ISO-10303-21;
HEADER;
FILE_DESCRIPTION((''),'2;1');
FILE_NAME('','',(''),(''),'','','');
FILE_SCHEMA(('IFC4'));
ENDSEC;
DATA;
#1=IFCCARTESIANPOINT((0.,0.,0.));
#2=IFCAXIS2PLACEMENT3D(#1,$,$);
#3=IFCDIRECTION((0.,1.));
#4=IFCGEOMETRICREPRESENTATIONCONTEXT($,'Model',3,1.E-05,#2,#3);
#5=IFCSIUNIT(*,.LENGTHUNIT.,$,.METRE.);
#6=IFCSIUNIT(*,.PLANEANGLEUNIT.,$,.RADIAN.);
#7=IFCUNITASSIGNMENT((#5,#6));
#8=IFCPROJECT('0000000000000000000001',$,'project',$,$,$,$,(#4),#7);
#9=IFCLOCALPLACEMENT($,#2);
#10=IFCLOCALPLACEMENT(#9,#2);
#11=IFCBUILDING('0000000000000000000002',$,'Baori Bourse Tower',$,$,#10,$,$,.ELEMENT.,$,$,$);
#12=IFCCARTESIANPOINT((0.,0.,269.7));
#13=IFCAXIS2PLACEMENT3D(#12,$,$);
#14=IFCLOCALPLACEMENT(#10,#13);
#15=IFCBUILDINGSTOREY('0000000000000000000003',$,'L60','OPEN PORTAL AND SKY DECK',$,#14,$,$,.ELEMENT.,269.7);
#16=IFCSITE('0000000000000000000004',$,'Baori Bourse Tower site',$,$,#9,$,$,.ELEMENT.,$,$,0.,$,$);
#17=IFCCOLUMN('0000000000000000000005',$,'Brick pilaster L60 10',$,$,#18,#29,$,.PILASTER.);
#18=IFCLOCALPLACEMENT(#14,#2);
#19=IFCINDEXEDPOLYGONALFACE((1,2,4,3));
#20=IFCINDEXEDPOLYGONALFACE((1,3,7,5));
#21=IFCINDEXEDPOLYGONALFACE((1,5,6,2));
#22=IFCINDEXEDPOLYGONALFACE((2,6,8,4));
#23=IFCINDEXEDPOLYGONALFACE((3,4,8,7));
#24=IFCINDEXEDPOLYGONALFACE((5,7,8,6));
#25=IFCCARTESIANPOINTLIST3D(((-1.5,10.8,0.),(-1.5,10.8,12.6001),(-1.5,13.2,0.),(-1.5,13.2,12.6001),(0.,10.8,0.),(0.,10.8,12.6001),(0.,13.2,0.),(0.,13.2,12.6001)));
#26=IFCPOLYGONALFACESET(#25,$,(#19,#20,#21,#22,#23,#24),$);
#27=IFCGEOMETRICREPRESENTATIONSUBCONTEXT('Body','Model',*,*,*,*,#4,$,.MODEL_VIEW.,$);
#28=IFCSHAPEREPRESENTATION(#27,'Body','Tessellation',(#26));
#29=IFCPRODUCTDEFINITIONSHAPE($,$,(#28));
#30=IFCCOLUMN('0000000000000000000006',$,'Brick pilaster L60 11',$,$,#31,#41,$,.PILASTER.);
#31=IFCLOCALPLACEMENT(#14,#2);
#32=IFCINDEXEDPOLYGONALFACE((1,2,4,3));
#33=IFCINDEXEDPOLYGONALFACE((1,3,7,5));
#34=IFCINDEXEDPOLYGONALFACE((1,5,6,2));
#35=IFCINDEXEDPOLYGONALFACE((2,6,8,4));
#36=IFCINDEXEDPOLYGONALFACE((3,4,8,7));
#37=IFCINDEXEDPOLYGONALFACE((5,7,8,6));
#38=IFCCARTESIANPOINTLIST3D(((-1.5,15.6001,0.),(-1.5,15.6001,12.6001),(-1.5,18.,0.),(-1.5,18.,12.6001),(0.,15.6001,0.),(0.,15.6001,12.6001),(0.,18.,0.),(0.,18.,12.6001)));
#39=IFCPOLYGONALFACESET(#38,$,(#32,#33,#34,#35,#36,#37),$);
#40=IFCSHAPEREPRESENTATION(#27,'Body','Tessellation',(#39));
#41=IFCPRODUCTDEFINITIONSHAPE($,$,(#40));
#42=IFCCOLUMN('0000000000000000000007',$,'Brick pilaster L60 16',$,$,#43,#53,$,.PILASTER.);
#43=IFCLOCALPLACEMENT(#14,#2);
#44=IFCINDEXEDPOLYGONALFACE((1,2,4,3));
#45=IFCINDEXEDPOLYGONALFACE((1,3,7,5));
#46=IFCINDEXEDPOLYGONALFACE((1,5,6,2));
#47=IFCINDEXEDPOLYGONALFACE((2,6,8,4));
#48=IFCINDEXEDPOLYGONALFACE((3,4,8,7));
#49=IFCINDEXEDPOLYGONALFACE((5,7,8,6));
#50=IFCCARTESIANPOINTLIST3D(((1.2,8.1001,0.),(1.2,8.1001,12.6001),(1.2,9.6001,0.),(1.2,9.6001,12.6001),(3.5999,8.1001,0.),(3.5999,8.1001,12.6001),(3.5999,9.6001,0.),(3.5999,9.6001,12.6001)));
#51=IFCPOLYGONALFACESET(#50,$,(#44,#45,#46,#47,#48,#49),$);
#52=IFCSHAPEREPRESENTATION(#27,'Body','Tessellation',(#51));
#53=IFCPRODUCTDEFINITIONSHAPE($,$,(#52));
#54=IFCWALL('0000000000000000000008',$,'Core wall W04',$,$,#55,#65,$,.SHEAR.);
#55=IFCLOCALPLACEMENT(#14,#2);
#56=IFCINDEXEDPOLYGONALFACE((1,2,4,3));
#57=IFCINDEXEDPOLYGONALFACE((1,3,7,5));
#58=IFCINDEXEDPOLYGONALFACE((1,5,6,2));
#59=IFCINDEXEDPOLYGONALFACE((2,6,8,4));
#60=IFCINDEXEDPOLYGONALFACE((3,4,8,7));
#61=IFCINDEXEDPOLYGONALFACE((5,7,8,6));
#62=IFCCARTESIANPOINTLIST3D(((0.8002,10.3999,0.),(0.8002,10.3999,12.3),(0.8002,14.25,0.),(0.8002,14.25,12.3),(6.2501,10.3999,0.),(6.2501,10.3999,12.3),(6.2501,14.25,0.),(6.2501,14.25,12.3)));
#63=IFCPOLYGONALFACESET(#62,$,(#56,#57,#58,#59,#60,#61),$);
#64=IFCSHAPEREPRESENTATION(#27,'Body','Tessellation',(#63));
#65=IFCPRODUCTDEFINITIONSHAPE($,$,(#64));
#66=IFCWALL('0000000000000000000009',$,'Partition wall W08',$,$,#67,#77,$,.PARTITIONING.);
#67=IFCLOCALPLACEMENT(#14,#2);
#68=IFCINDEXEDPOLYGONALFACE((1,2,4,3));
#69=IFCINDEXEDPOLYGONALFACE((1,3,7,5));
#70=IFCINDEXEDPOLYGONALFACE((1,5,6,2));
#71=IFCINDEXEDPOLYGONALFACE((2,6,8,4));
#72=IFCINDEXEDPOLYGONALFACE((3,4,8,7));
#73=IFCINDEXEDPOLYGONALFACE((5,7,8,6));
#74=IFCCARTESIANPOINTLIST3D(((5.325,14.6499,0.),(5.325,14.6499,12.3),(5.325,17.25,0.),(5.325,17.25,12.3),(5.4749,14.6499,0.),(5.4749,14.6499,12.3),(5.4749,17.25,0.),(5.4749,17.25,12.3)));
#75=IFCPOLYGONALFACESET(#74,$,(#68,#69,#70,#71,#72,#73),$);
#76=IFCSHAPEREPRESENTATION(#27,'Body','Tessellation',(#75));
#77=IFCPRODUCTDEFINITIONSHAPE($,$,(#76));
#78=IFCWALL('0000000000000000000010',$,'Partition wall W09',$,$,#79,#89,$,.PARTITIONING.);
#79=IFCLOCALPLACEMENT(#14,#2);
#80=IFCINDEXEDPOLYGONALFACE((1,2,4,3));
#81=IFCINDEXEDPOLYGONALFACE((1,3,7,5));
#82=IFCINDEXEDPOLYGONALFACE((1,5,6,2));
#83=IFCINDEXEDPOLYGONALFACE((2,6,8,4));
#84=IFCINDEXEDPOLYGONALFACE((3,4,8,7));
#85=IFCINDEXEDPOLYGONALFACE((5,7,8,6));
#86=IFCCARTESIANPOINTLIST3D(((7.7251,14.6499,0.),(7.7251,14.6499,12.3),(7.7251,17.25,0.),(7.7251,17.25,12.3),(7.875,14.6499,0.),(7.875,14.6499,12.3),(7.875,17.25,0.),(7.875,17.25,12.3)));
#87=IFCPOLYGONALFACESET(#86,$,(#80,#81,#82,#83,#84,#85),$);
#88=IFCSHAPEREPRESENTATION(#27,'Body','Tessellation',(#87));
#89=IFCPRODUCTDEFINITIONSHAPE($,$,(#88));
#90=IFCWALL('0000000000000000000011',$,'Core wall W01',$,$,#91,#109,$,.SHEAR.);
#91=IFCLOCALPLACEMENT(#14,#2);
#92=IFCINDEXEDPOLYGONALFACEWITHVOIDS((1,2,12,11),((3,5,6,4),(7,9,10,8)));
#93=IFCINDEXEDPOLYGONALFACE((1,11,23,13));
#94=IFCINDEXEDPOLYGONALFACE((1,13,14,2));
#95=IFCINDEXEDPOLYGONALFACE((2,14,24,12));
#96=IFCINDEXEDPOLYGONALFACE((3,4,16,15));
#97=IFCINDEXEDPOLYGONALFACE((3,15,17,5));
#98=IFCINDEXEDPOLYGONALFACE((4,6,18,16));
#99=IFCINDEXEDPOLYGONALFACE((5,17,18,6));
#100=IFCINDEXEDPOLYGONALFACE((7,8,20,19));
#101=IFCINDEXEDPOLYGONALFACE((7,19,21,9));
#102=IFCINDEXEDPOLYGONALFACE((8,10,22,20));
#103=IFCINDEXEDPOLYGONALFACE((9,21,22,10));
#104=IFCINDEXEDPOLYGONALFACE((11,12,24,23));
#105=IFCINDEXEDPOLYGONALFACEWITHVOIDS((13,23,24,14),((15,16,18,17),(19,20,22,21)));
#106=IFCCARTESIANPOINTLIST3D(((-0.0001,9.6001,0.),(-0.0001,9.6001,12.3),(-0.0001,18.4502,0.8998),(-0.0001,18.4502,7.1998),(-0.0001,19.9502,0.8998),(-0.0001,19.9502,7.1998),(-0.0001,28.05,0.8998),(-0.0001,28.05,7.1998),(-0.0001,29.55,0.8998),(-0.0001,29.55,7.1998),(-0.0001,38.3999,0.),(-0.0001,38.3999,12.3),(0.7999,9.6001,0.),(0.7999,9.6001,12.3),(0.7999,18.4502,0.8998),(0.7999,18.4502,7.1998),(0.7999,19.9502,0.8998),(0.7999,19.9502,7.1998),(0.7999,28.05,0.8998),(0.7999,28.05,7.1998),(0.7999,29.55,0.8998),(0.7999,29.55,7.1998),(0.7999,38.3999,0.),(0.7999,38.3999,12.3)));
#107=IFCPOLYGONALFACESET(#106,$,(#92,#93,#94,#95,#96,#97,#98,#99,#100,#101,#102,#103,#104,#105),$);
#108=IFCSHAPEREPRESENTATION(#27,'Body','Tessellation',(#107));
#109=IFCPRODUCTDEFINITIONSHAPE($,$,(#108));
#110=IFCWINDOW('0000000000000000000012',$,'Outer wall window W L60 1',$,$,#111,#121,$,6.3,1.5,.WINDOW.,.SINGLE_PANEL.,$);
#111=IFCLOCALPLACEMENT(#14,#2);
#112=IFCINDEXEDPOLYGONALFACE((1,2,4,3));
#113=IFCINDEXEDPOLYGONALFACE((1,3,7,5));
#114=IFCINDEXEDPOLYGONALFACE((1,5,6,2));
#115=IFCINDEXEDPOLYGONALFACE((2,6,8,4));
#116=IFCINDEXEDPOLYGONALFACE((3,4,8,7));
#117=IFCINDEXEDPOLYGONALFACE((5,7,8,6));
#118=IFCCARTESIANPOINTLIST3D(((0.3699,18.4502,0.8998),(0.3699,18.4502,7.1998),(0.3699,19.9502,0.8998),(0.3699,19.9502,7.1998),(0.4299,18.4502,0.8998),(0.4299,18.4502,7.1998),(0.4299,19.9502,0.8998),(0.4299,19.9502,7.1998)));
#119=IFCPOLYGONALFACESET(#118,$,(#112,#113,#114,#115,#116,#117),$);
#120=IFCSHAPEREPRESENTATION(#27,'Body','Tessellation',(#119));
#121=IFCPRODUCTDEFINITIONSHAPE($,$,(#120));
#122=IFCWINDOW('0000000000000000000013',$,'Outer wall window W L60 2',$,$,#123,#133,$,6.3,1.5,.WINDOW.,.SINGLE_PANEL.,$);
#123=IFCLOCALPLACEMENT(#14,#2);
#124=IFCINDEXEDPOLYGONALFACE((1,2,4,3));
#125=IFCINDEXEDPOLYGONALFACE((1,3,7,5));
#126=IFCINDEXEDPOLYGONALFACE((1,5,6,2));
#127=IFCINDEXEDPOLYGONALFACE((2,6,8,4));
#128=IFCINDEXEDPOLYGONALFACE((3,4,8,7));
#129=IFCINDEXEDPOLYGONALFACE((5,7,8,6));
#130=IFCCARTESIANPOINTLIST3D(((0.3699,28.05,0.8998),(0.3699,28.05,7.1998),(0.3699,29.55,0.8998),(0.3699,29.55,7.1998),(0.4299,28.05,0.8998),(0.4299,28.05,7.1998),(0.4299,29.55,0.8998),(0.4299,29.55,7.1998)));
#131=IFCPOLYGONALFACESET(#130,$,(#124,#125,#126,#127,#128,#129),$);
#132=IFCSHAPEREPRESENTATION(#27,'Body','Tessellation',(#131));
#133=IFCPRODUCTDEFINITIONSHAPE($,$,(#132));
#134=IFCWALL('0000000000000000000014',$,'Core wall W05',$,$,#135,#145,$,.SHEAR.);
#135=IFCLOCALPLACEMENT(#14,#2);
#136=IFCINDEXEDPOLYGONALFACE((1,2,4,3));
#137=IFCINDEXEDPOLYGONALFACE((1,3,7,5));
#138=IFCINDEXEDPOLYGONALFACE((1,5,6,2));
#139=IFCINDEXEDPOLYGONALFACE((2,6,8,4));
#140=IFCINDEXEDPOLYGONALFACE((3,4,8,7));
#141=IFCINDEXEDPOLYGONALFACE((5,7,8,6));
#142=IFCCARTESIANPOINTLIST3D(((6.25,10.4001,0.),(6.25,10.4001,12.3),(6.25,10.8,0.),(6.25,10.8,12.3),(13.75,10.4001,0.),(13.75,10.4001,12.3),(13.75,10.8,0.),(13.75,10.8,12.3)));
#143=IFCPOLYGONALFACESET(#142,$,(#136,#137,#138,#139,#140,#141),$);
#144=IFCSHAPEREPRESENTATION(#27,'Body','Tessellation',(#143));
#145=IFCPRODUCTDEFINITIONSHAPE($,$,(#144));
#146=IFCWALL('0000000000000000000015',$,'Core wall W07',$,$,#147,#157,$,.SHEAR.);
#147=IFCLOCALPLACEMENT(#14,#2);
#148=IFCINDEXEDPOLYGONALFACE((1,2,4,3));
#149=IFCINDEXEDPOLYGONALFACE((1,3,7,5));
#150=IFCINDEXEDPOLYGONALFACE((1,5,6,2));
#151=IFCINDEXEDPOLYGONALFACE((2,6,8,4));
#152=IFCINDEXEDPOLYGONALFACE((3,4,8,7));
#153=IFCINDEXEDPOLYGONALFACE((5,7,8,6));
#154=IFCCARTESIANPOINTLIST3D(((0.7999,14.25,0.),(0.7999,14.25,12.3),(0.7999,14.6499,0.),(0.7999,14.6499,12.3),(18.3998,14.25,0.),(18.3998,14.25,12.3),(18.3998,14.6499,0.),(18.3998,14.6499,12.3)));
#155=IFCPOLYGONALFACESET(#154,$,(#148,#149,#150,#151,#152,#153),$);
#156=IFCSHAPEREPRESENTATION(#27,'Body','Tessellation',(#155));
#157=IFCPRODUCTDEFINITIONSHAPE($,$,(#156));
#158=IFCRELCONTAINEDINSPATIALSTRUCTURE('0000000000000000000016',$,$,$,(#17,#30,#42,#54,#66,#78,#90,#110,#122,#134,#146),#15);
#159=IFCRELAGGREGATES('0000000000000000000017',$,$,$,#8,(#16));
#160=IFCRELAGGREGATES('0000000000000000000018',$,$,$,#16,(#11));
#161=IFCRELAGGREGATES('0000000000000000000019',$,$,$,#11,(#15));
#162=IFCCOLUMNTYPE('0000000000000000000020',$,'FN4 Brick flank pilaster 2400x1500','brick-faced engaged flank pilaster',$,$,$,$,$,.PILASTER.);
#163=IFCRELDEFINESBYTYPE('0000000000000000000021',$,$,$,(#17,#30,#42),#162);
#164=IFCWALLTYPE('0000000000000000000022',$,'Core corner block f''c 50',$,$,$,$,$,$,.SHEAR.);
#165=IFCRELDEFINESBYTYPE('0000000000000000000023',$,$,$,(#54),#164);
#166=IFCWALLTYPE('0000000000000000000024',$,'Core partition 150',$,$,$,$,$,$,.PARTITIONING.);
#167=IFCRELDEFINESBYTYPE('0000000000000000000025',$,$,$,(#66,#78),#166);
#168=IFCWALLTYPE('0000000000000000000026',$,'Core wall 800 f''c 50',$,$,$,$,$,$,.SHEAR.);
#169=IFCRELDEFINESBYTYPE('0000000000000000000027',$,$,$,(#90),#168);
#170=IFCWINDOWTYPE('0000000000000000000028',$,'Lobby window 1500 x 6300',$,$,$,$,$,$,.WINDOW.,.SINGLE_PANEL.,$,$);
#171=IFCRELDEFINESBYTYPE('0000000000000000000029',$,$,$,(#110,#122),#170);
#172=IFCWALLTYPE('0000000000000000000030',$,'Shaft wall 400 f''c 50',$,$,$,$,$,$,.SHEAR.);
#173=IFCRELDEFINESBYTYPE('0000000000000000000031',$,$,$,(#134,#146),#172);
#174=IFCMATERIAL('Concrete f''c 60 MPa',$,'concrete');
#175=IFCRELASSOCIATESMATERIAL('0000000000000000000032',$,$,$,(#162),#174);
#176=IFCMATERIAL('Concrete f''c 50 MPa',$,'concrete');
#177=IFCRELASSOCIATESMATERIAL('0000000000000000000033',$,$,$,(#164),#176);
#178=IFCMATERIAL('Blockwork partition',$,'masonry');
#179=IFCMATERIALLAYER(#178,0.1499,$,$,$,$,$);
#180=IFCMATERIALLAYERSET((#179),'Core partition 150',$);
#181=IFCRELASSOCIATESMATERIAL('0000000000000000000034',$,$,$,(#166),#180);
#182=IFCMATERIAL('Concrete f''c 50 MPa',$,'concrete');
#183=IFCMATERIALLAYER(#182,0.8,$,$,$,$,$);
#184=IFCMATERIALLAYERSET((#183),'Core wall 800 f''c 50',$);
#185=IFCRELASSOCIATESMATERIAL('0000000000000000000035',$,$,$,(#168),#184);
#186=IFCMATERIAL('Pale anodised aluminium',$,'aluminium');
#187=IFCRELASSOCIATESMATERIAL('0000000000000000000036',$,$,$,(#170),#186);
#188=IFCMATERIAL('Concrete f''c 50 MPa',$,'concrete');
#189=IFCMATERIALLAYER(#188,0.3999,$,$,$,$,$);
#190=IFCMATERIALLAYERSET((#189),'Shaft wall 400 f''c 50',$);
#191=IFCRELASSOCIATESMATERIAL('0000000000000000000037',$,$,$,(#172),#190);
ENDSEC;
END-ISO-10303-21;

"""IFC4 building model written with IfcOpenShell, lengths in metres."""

from ifc_helpers import new_model, si_unit, direction, frame, frame_2d, origin, origin_2d, place, context, subcontext, project, spatial, rectangle, extrude, material, layer, layer_set, material_profile, profile_set, type_object, element, fill, save


model = new_model("IFC4")

# Units and contexts
model_context = context("Model", 3, precision=1e-05, world=origin(), true_north=direction((0.0, 1.0)))
body_context = subcontext(model_context, "Body", "Model", "MODEL_VIEW")
ifc_project = project(units=[si_unit("LENGTHUNIT", "METRE"), si_unit("PLANEANGLEUNIT", "RADIAN")], contexts=[model_context])

# Site, building, storey
site_placement = place(None, origin())
site = spatial("IfcSite", under=ifc_project, at=site_placement, Name="Baori Bourse Tower site", CompositionType="ELEMENT", RefElevation=0.0)
building_placement = place(site_placement, origin())
building = spatial("IfcBuilding", under=site, at=building_placement, Name="Baori Bourse Tower", CompositionType="ELEMENT")
storey_placement = place(building_placement, frame((0.0, 0.0, 269.7)))
storey = spatial("IfcBuildingStorey", under=building, at=storey_placement, Name="L60", Description="OPEN PORTAL AND SKY DECK", CompositionType="ELEMENT", Elevation=269.7)

# Columns
ifc_material_1 = material(Name="Concrete f'c 60 MPa", Category="concrete")
ifc_material_profile = material_profile(ifc_material_1, rectangle(XDim=2.3999, YDim=1.5, at=origin_2d()), Name="RC 2400x1500")
ifc_profile_set = profile_set([ifc_material_profile], Name="Concrete f'c 60 MPa")
column_type = type_object("IfcColumnType", Name="FN4 Brick flank pilaster 2400x1500", Description="brick-faced engaged flank pilaster", PredefinedType="PILASTER", material=ifc_profile_set)
for number, where, z_axis, x_axis, name in (
    (1, (-0.75, 12.0, 0.0), (0.0, 0.0, 1.0), (0.0, 1.0, 0.0), "Brick pilaster L60 10"),
    (2, (-0.75, 16.8, 0.0), (0.0, 0.0, 1.0), (0.0, 1.0, 0.0), "Brick pilaster L60 11"),
    (3, (2.3999, 8.8501, 0.0), (0.0, 0.0, 1.0), (1.0, 0.0, 0.0), "Brick pilaster L60 16"),
):
    element("IfcColumn", number, at=place(storey_placement, frame(where, z_axis=z_axis, x_axis=x_axis)), inside=storey, type_object=column_type, Name=name, PredefinedType="PILASTER", context=body_context, shape_type="SweptSolid", body=[
        extrude(rectangle(XDim=2.3999, YDim=1.5, at=origin_2d()), origin(), (0.0, 0.0, 1.0), 12.6001),
    ])

# Walls
ifc_material_2 = material(Name="Concrete f'c 50 MPa", Category="concrete")
wall_type_1 = type_object("IfcWallType", Name="Core corner block f'c 50", PredefinedType="SHEAR", material=ifc_material_2)
wall_1_placement = place(storey_placement, frame((0.8, 12.325, 0.0), z_axis=(0.0, 0.0, 1.0), x_axis=(1.0, 0.0, 0.0)))
element("IfcWall", 4, at=wall_1_placement, inside=storey, type_object=wall_type_1, Name="Core wall W04", PredefinedType="SHEAR", context=body_context, shape_type="SweptSolid", body=[
    extrude(rectangle(XDim=5.45, YDim=3.8501, at=frame_2d((2.7251, 0.0))), origin(), (0.0, 0.0, 1.0), 12.3),
])
ifc_material_3 = material(Name="Blockwork partition", Category="masonry")
ifc_layer_1 = layer(ifc_material_3, 0.1499)
ifc_layer_set_1 = layer_set([ifc_layer_1], Name="Core partition 150")
wall_type_2 = type_object("IfcWallType", Name="Core partition 150", PredefinedType="PARTITIONING", material=ifc_layer_set_1)
for number, where, z_axis, x_axis, name in (
    (5, (5.3999, 14.6499, 0.0), (0.0, 0.0, 1.0), (0.0, 1.0, 0.0), "Partition wall W08"),
    (6, (7.8, 14.6499, 0.0), (0.0, 0.0, 1.0), (0.0, 1.0, 0.0), "Partition wall W09"),
):
    element("IfcWall", number, at=place(storey_placement, frame(where, z_axis=z_axis, x_axis=x_axis)), inside=storey, type_object=wall_type_2, Name=name, PredefinedType="PARTITIONING", context=body_context, shape_type="SweptSolid", body=[
        extrude(rectangle(XDim=2.6001, YDim=0.1499, at=frame_2d((1.3, 0.0))), origin(), (0.0, 0.0, 1.0), 12.3),
    ])

# Wall, openings, windows
ifc_material_4 = material(Name="Concrete f'c 50 MPa", Category="concrete")
ifc_layer_2 = layer(ifc_material_4, 0.8)
ifc_layer_set_2 = layer_set([ifc_layer_2], Name="Core wall 800 f'c 50")
wall_type_3 = type_object("IfcWallType", Name="Core wall 800 f'c 50", PredefinedType="SHEAR", material=ifc_layer_set_2)
wall_2_placement = place(storey_placement, frame((0.3999, 9.6001, 0.0), z_axis=(0.0, 0.0, 1.0), x_axis=(0.0, 1.0, 0.0)))
wall_2 = element("IfcWall", 7, at=wall_2_placement, inside=storey, type_object=wall_type_3, Name="Core wall W01", PredefinedType="SHEAR", context=body_context, shape_type="SweptSolid", body=[
    extrude(rectangle(XDim=28.7998, YDim=0.8, at=frame_2d((14.3999, 0.0))), origin(), (0.0, 0.0, 1.0), 12.3),
])
opening_1_placement = place(wall_2_placement, frame((8.8501, 0.0, 0.8999)))
opening_1 = element("IfcOpeningElement", 8, at=opening_1_placement, cuts=wall_2, PredefinedType="OPENING", context=body_context, shape_type="SweptSolid", body=[
    extrude(rectangle(XDim=1.5, YDim=6.3, at=frame_2d((0.75, 3.1499))), frame((0.0, 0.4099, 0.0), z_axis=(0.0, -1.0, 0.0), x_axis=(1.0, 0.0, 0.0)), (0.0, 0.0, 1.0), 0.8201),
])
opening_2_placement = place(wall_2_placement, frame((18.45, 0.0, 0.8999)))
opening_2 = element("IfcOpeningElement", 9, at=opening_2_placement, cuts=wall_2, PredefinedType="OPENING", context=body_context, shape_type="SweptSolid", body=[
    extrude(rectangle(XDim=1.5, YDim=6.3, at=frame_2d((0.75, 3.1499))), frame((0.0, 0.4099, 0.0), z_axis=(0.0, -1.0, 0.0), x_axis=(1.0, 0.0, 0.0)), (0.0, 0.0, 1.0), 0.8201),
])
ifc_material_5 = material(Name="Pale anodised aluminium", Category="aluminium")
window_type = type_object("IfcWindowType", Name="Lobby window 1500 x 6300", PartitioningType="SINGLE_PANEL", PredefinedType="WINDOW", material=ifc_material_5)
window_1_placement = place(opening_1_placement, origin())
window_1 = element("IfcWindow", 10, at=window_1_placement, inside=storey, type_object=window_type, Name="Outer wall window W L60 1", OverallHeight=6.3, OverallWidth=1.5, PartitioningType="SINGLE_PANEL", PredefinedType="WINDOW", context=body_context, shape_type="SweptSolid", body=[
    extrude(rectangle(XDim=1.5, YDim=6.3, at=frame_2d((0.75, 3.1499))), frame((0.0, 0.03, 0.0), z_axis=(0.0, -1.0, 0.0), x_axis=(1.0, 0.0, 0.0)), (0.0, 0.0, 1.0), 0.0601),
])
fill(opening_1, window_1)
window_2_placement = place(opening_2_placement, origin())
window_2 = element("IfcWindow", 11, at=window_2_placement, inside=storey, type_object=window_type, Name="Outer wall window W L60 2", OverallHeight=6.3, OverallWidth=1.5, PartitioningType="SINGLE_PANEL", PredefinedType="WINDOW", context=body_context, shape_type="SweptSolid", body=[
    extrude(rectangle(XDim=1.5, YDim=6.3, at=frame_2d((0.75, 3.1499))), frame((0.0, 0.03, 0.0), z_axis=(0.0, -1.0, 0.0), x_axis=(1.0, 0.0, 0.0)), (0.0, 0.0, 1.0), 0.0601),
])
fill(opening_2, window_2)

# Walls
ifc_material_6 = material(Name="Concrete f'c 50 MPa", Category="concrete")
ifc_layer_3 = layer(ifc_material_6, 0.3999)
ifc_layer_set_3 = layer_set([ifc_layer_3], Name="Shaft wall 400 f'c 50")
wall_type_4 = type_object("IfcWallType", Name="Shaft wall 400 f'c 50", PredefinedType="SHEAR", material=ifc_layer_set_3)
wall_3_placement = place(storey_placement, frame((6.25, 10.6001, 0.0), z_axis=(0.0, 0.0, 1.0), x_axis=(1.0, 0.0, 0.0)))
element("IfcWall", 12, at=wall_3_placement, inside=storey, type_object=wall_type_4, Name="Core wall W05", PredefinedType="SHEAR", context=body_context, shape_type="SweptSolid", body=[
    extrude(rectangle(XDim=7.5, YDim=0.3999, at=frame_2d((3.75, 0.0))), origin(), (0.0, 0.0, 1.0), 12.3),
])
wall_4_placement = place(storey_placement, frame((0.8, 14.45, 0.0), z_axis=(0.0, 0.0, 1.0), x_axis=(1.0, 0.0, 0.0)))
element("IfcWall", 13, at=wall_4_placement, inside=storey, type_object=wall_type_4, Name="Core wall W07", PredefinedType="SHEAR", context=body_context, shape_type="SweptSolid", body=[
    extrude(rectangle(XDim=17.5999, YDim=0.3999, at=frame_2d((8.7998, 0.0))), origin(), (0.0, 0.0, 1.0), 12.3),
])

save(model, "model.ifc")
